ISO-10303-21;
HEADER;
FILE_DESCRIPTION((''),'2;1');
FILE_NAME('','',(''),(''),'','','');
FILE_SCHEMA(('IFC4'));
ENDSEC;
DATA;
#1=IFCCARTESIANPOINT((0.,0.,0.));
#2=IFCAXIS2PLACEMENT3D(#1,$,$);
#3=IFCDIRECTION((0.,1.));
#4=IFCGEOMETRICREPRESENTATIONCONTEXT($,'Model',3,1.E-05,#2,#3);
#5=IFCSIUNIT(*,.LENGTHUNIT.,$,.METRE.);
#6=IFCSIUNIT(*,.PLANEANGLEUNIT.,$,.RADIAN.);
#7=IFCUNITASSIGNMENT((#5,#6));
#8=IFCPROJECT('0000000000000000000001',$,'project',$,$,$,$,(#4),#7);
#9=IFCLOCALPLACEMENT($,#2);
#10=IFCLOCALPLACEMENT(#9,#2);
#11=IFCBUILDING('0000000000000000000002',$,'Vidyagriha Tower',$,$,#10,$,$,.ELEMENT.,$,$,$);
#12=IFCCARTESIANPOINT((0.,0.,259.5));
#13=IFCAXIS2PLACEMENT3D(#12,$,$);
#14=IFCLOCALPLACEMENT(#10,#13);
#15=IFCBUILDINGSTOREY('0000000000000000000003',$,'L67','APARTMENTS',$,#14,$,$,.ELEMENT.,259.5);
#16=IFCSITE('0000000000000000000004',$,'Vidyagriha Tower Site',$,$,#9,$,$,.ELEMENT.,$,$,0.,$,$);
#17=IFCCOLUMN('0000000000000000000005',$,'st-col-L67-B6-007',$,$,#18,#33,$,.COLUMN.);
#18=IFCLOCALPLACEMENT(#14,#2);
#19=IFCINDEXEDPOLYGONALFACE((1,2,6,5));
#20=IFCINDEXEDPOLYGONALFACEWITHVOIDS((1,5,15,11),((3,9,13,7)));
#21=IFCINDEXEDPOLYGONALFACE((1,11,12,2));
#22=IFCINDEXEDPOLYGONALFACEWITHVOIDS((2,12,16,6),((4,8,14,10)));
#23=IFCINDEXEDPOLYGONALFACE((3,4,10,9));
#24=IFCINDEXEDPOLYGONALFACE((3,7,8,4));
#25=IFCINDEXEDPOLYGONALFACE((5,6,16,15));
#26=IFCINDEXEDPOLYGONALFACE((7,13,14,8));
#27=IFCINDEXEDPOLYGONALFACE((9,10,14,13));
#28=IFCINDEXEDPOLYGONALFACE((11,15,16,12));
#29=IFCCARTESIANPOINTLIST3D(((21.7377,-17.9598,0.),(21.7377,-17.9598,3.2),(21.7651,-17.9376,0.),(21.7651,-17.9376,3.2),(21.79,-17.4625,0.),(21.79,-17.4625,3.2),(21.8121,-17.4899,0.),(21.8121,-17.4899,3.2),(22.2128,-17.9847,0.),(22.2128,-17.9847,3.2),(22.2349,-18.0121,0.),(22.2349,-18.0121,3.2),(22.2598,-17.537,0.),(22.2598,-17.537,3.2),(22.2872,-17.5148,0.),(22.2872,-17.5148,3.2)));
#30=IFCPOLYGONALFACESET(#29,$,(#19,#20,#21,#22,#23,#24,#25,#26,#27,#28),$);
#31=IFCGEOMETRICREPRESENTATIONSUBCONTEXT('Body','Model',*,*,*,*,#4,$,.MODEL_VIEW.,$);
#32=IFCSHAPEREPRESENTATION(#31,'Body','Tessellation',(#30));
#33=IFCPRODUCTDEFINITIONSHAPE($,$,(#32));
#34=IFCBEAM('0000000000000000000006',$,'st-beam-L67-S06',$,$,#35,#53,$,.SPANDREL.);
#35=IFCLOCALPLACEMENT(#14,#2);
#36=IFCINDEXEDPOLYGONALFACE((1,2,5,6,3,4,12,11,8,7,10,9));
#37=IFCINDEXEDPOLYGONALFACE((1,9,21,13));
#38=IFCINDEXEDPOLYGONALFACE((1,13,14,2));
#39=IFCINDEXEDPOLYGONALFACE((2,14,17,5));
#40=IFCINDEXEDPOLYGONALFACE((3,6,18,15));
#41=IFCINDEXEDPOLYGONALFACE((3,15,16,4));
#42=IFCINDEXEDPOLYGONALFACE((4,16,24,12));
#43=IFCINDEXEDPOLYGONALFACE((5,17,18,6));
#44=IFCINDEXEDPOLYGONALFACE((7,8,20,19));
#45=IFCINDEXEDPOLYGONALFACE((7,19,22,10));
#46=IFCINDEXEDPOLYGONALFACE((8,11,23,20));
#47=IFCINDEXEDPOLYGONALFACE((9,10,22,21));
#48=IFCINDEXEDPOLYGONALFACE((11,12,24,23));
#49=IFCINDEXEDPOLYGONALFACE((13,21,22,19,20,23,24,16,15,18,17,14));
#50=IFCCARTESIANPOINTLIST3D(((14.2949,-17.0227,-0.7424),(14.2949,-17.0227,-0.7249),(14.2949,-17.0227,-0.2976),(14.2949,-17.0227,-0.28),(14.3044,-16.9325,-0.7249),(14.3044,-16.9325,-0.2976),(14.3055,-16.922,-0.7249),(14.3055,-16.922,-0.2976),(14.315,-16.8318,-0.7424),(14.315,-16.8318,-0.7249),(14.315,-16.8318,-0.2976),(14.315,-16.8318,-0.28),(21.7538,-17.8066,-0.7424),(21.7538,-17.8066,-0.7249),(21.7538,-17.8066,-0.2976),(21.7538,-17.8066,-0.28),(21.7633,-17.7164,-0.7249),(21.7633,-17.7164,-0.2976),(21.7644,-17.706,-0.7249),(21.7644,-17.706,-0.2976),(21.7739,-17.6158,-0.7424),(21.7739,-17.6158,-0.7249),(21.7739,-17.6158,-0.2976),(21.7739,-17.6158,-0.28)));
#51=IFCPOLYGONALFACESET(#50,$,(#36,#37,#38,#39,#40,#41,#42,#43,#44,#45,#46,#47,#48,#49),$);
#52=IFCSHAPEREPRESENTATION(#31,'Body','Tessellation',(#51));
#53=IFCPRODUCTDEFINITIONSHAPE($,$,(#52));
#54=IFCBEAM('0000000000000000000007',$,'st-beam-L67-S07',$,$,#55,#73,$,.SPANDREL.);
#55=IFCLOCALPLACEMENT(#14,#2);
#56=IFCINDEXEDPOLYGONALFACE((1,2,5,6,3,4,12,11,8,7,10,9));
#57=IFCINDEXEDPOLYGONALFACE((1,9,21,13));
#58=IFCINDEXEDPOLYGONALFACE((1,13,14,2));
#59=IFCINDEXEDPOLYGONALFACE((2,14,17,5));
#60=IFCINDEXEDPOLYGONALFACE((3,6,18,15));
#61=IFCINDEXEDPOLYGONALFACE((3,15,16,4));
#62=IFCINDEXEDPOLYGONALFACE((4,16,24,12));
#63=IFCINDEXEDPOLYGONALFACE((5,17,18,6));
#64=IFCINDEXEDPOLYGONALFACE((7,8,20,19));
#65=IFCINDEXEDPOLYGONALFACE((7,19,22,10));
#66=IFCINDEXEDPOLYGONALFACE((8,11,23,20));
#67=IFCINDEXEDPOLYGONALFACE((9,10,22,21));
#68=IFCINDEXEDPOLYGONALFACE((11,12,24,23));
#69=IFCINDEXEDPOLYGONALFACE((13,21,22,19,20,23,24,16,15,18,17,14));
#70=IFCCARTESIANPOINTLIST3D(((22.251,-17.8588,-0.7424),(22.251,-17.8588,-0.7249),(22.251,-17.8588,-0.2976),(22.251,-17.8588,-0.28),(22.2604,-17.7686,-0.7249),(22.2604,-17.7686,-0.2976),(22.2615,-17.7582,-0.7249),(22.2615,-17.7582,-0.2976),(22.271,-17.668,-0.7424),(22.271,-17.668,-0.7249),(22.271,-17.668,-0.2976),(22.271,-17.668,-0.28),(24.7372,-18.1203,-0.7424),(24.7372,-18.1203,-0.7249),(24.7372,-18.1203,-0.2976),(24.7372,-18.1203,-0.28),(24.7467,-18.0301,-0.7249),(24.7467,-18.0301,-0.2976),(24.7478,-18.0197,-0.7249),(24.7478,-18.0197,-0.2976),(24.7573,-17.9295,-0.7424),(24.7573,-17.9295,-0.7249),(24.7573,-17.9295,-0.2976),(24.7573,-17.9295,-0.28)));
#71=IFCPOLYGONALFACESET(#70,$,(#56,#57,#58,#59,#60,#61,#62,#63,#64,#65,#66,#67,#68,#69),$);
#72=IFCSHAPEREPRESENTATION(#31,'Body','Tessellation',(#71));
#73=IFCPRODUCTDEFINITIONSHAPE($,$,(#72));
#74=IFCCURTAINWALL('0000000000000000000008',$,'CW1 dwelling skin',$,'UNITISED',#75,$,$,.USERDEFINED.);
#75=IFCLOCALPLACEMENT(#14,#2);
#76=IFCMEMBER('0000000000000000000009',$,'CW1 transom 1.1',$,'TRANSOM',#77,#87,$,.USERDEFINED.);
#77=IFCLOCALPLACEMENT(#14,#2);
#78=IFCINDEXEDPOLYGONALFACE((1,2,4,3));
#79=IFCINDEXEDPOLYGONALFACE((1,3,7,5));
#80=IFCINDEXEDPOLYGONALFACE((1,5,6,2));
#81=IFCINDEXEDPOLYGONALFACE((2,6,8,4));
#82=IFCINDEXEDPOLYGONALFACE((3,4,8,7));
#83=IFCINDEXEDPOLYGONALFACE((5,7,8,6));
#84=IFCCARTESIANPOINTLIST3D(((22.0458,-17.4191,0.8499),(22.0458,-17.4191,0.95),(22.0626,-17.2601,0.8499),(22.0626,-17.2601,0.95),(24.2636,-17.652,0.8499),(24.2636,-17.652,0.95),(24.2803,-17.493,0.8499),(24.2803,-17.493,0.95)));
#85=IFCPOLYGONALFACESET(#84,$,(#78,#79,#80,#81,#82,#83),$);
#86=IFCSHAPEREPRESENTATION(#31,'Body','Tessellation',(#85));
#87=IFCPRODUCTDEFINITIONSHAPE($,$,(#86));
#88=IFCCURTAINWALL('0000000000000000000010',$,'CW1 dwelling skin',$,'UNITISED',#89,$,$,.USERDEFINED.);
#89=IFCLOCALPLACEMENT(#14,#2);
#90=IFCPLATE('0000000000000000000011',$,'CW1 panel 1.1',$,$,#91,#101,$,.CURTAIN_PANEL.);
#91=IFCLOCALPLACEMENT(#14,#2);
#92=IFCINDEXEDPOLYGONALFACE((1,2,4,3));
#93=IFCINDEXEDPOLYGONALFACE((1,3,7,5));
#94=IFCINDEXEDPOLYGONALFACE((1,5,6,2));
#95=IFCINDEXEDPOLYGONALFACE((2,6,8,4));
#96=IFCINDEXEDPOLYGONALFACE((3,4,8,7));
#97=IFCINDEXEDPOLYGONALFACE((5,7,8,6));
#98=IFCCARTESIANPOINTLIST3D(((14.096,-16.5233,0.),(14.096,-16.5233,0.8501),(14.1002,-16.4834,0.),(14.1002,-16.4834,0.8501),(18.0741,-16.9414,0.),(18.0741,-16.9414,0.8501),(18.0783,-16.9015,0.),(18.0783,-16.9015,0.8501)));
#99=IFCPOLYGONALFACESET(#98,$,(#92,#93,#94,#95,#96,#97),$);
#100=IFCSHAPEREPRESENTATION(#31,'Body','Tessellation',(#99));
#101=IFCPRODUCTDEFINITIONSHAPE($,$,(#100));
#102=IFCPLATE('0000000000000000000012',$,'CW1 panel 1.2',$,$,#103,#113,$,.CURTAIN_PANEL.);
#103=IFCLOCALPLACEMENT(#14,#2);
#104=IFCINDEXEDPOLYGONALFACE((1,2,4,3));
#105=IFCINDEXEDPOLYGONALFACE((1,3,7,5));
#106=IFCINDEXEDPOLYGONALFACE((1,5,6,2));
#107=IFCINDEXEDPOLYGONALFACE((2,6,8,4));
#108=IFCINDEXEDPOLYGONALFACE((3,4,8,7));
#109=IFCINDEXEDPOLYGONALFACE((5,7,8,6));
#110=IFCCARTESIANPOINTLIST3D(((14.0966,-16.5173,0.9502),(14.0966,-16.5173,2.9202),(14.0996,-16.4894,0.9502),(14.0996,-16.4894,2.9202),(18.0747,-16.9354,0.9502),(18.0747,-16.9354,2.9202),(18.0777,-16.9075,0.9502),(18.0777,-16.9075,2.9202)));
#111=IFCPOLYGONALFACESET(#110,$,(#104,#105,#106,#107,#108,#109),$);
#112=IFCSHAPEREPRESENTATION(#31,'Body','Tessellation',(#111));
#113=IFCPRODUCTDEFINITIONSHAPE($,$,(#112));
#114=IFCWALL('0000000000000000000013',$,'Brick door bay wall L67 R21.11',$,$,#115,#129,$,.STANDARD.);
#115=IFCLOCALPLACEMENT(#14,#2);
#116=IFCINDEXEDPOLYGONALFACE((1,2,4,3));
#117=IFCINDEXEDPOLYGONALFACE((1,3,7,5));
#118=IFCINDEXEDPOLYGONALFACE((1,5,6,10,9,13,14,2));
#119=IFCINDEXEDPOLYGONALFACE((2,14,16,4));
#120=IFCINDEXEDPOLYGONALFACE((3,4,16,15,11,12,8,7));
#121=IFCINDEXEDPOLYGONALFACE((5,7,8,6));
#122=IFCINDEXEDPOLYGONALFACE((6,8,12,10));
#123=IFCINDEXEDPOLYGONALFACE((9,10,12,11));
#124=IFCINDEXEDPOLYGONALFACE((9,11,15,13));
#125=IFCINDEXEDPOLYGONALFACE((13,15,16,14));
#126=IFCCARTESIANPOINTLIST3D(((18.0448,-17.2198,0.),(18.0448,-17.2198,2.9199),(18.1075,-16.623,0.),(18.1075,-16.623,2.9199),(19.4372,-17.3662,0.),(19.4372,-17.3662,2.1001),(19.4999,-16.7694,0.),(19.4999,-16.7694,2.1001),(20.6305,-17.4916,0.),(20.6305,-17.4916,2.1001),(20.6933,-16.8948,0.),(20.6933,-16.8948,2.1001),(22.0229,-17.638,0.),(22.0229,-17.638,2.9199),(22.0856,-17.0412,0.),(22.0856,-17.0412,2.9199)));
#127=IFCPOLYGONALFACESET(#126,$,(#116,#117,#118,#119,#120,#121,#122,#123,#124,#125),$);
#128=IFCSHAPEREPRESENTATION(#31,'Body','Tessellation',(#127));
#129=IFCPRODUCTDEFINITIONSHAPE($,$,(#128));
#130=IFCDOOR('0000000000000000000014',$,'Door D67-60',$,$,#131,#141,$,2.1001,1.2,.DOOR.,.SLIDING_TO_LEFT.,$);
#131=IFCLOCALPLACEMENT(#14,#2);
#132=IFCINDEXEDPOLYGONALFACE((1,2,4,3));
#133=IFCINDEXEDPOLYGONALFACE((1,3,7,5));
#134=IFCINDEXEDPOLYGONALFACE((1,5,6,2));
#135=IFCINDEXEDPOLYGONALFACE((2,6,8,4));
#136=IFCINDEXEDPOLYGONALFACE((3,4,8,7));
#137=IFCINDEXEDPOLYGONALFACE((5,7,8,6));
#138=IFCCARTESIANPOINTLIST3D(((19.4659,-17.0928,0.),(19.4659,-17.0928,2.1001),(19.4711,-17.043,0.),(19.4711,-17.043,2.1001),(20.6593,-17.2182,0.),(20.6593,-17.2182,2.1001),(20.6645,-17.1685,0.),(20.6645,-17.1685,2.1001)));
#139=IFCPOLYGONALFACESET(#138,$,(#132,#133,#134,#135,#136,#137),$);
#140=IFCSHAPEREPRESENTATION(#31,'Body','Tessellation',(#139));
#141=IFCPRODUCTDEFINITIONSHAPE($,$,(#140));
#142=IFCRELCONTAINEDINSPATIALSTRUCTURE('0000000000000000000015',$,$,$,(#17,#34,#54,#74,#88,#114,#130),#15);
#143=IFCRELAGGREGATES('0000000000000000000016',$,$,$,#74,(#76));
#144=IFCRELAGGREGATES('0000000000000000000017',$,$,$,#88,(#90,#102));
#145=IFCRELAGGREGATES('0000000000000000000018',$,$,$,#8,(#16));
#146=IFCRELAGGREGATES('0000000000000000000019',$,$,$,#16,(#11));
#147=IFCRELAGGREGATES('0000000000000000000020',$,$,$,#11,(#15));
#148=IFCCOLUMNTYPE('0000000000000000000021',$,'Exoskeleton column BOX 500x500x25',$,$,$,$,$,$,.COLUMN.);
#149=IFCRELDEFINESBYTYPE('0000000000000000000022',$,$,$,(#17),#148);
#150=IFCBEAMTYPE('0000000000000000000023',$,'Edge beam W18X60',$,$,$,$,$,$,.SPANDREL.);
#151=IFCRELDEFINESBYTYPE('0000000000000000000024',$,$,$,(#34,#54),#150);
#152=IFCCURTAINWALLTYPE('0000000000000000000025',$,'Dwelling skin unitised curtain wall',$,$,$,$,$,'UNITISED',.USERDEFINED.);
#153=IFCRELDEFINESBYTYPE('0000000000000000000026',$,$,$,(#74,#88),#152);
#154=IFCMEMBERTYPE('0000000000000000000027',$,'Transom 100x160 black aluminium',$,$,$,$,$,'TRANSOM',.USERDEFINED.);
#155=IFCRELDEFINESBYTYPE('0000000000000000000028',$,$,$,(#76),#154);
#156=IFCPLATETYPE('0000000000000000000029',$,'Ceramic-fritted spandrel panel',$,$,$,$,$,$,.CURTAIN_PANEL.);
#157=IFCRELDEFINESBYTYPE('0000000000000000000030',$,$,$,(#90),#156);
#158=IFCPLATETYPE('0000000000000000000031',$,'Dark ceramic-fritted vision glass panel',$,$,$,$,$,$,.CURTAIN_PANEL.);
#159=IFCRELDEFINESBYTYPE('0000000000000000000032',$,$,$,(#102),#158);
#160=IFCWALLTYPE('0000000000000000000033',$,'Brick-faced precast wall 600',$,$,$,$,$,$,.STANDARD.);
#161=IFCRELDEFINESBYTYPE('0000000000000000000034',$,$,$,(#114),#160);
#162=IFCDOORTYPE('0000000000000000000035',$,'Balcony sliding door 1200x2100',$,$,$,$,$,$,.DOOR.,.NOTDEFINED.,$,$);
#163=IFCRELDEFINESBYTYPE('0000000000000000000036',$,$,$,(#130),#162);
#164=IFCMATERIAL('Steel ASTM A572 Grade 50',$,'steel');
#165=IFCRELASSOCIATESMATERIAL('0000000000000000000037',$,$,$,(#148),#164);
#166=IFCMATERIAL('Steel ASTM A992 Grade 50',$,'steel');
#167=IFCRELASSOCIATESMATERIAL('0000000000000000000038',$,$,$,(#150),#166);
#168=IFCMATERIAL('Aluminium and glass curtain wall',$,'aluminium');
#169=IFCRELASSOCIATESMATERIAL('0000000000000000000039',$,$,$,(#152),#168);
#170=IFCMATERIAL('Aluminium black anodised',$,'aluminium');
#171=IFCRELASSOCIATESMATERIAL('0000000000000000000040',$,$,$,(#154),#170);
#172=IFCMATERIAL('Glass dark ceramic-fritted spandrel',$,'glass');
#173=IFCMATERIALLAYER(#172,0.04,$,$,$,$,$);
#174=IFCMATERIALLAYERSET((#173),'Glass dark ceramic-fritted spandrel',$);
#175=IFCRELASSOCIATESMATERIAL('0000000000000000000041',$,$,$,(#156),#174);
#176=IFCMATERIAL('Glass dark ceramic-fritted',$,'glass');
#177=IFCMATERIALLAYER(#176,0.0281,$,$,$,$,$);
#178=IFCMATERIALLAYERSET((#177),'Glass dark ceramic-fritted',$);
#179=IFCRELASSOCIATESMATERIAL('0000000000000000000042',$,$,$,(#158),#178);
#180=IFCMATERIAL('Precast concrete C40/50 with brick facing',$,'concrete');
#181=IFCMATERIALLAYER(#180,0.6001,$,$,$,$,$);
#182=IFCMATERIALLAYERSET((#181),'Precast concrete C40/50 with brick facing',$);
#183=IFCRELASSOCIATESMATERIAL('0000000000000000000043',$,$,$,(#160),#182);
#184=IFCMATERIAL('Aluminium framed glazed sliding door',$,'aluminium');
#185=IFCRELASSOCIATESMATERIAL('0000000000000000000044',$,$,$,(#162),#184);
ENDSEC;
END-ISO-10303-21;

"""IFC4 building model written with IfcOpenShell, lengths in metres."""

from ifc_helpers import new_model, si_unit, direction, frame, frame_2d, origin, origin_2d, place, context, subcontext, project, spatial, rectangle, hollow_rectangle, i_section, extrude, material, layer, layer_set, material_profile, profile_set, type_object, element, fill, aggregate, save


model = new_model("IFC4")

# Units and contexts
model_context = context("Model", 3, precision=1e-05, world=origin(), true_north=direction((0.0, 1.0)))
body_context = subcontext(model_context, "Body", "Model", "MODEL_VIEW")
ifc_project = project(units=[si_unit("LENGTHUNIT", "METRE"), si_unit("PLANEANGLEUNIT", "RADIAN")], contexts=[model_context])

# Site, building, storey
site_placement = place(None, origin())
site = spatial("IfcSite", under=ifc_project, at=site_placement, Name="Vidyagriha Tower Site", CompositionType="ELEMENT", RefElevation=0.0)
building_placement = place(site_placement, origin())
building = spatial("IfcBuilding", under=site, at=building_placement, Name="Vidyagriha Tower", CompositionType="ELEMENT")
storey_placement = place(building_placement, frame((0.0, 0.0, 259.5)))
storey = spatial("IfcBuildingStorey", under=building, at=storey_placement, Name="L67", Description="APARTMENTS", CompositionType="ELEMENT", Elevation=259.5)

# Column
ifc_material_1 = material(Name="Steel ASTM A572 Grade 50", Category="steel")
ifc_material_profile_1 = material_profile(ifc_material_1, hollow_rectangle(XDim=0.5, YDim=0.5, WallThickness=0.0249, at=origin_2d()), Name="BOX 500x500x25")
ifc_profile_set_1 = profile_set([ifc_material_profile_1], Name="Steel ASTM A572 Grade 50")
column_type = type_object("IfcColumnType", Name="Exoskeleton column BOX 500x500x25", PredefinedType="COLUMN", material=ifc_profile_set_1)
column_placement = place(storey_placement, frame((22.0125, -17.7373, 0.0), z_axis=(0.0, 0.0, 1.0), x_axis=(0.994522, -0.104528, 0.0)))
element("IfcColumn", 1, at=column_placement, inside=storey, type_object=column_type, Name="st-col-L67-B6-007", PredefinedType="COLUMN", context=body_context, shape_type="SweptSolid", body=[
    extrude(hollow_rectangle(XDim=0.5, YDim=0.5, WallThickness=0.0249, at=origin_2d()), origin(), (0.0, 0.0, 1.0), 3.2),
])

# Beams
ifc_material_2 = material(Name="Steel ASTM A992 Grade 50", Category="steel")
ifc_material_profile_2 = material_profile(ifc_material_2, i_section(OverallWidth=0.1919, OverallDepth=0.4624, WebThickness=0.0105, FlangeThickness=0.0176, at=origin_2d()), Name="W18X60")
ifc_profile_set_2 = profile_set([ifc_material_profile_2], Name="Steel ASTM A992 Grade 50")
beam_type = type_object("IfcBeamType", Name="Edge beam W18X60", PredefinedType="SPANDREL", material=ifc_profile_set_2)
beam_1_placement = place(storey_placement, frame((14.3049, -16.9272, -0.5112), z_axis=(0.994522, -0.104524, 0.0), x_axis=(0.104524, 0.994522, 0.0)))
element("IfcBeam", 2, at=beam_1_placement, inside=storey, type_object=beam_type, Name="st-beam-L67-S06", PredefinedType="SPANDREL", context=body_context, shape_type="SweptSolid", body=[
    extrude(i_section(OverallWidth=0.1919, OverallDepth=0.4624, WebThickness=0.0105, FlangeThickness=0.0176, at=origin_2d()), origin(), (0.0, 0.0, 1.0), 7.5),
])
beam_2_placement = place(storey_placement, frame((22.261, -17.7634, -0.5112), z_axis=(0.994516, -0.104588, 0.0), x_axis=(0.104588, 0.994516, 0.0)))
element("IfcBeam", 3, at=beam_2_placement, inside=storey, type_object=beam_type, Name="st-beam-L67-S07", PredefinedType="SPANDREL", context=body_context, shape_type="SweptSolid", body=[
    extrude(i_section(OverallWidth=0.1919, OverallDepth=0.4624, WebThickness=0.0105, FlangeThickness=0.0176, at=origin_2d()), origin(), (0.0, 0.0, 1.0), 2.5),
])

# Curtain wall, member
ifc_material_3 = material(Name="Aluminium and glass curtain wall", Category="aluminium")
curtain_wall_type = type_object("IfcCurtainWallType", Name="Dwelling skin unitised curtain wall", ElementType="UNITISED", PredefinedType="USERDEFINED", material=ifc_material_3)
curtain_wall_1_placement = place(storey_placement, origin())
curtain_wall_1 = element("IfcCurtainWall", 4, at=curtain_wall_1_placement, inside=storey, type_object=curtain_wall_type, Name="CW1 dwelling skin", ObjectType="UNITISED", PredefinedType="USERDEFINED")
ifc_material_4 = material(Name="Aluminium black anodised", Category="aluminium")
ifc_material_profile_3 = material_profile(ifc_material_4, rectangle(XDim=0.1599, YDim=0.1001, at=origin_2d()), Name="Transom 100x160 black aluminium")
ifc_profile_set_3 = profile_set([ifc_material_profile_3], Name="Aluminium black anodised")
member_type = type_object("IfcMemberType", Name="Transom 100x160 black aluminium", ElementType="TRANSOM", PredefinedType="USERDEFINED", material=ifc_profile_set_3)
member_placement = place(storey_placement, frame((22.0542, -17.3396, 0.8999), z_axis=(0.994531, -0.104445, 0.0), x_axis=(0.104445, 0.994531, 0.0)))
member = element("IfcMember", 5, at=member_placement, type_object=member_type, Name="CW1 transom 1.1", ObjectType="TRANSOM", PredefinedType="USERDEFINED", context=body_context, shape_type="SweptSolid", body=[
    extrude(rectangle(XDim=0.1599, YDim=0.1001, at=origin_2d()), origin(), (0.0, 0.0, 1.0), 2.23),
])
aggregate(curtain_wall_1, [member])

# Curtain wall, plates
curtain_wall_2_placement = place(storey_placement, origin())
curtain_wall_2 = element("IfcCurtainWall", 6, at=curtain_wall_2_placement, inside=storey, type_object=curtain_wall_type, Name="CW1 dwelling skin", ObjectType="UNITISED", PredefinedType="USERDEFINED")
ifc_material_5 = material(Name="Glass dark ceramic-fritted spandrel", Category="glass")
ifc_layer_1 = layer(ifc_material_5, 0.04)
ifc_layer_set_1 = layer_set([ifc_layer_1], Name="Glass dark ceramic-fritted spandrel")
plate_type_1 = type_object("IfcPlateType", Name="Ceramic-fritted spandrel panel", PredefinedType="CURTAIN_PANEL", material=ifc_layer_set_1)
plate_1_placement = place(storey_placement, frame((16.0872, -16.7124, 0.0), z_axis=(0.0, 0.0, 1.0), x_axis=(0.994522, -0.104525, 0.0)))
plate_1 = element("IfcPlate", 7, at=plate_1_placement, type_object=plate_type_1, Name="CW1 panel 1.1", PredefinedType="CURTAIN_PANEL", context=body_context, shape_type="SweptSolid", body=[
    extrude(rectangle(XDim=4.0, YDim=0.04, at=origin_2d()), origin(), (0.0, 0.0, 1.0), 0.8501),
])
ifc_material_6 = material(Name="Glass dark ceramic-fritted", Category="glass")
ifc_layer_2 = layer(ifc_material_6, 0.0281)
ifc_layer_set_2 = layer_set([ifc_layer_2], Name="Glass dark ceramic-fritted")
plate_type_2 = type_object("IfcPlateType", Name="Dark ceramic-fritted vision glass panel", PredefinedType="CURTAIN_PANEL", material=ifc_layer_set_2)
plate_2_placement = place(storey_placement, frame((16.0872, -16.7124, 0.9502), z_axis=(0.0, 0.0, 1.0), x_axis=(0.994522, -0.104525, 0.0)))
plate_2 = element("IfcPlate", 8, at=plate_2_placement, type_object=plate_type_2, Name="CW1 panel 1.2", PredefinedType="CURTAIN_PANEL", context=body_context, shape_type="SweptSolid", body=[
    extrude(rectangle(XDim=4.0, YDim=0.0281, at=origin_2d()), origin(), (0.0, 0.0, 1.0), 1.97),
])
aggregate(curtain_wall_2, [plate_1, plate_2])

# Wall, opening, door
ifc_material_7 = material(Name="Precast concrete C40/50 with brick facing", Category="concrete")
ifc_layer_3 = layer(ifc_material_7, 0.6001)
ifc_layer_set_3 = layer_set([ifc_layer_3], Name="Precast concrete C40/50 with brick facing")
wall_type = type_object("IfcWallType", Name="Brick-faced precast wall 600", PredefinedType="STANDARD", material=ifc_layer_set_3)
wall_placement = place(storey_placement, frame((18.0762, -16.9214, 0.0), z_axis=(0.0, 0.0, 1.0), x_axis=(0.994519, -0.104555, 0.0)))
wall = element("IfcWall", 9, at=wall_placement, inside=storey, type_object=wall_type, Name="Brick door bay wall L67 R21.11", PredefinedType="STANDARD", context=body_context, shape_type="SweptSolid", body=[
    extrude(rectangle(XDim=4.0, YDim=0.6001, at=frame_2d((2.0, 0.0))), origin(), (0.0, 0.0, 1.0), 2.9199),
])
opening_placement = place(wall_placement, frame((1.3999, 0.0, 0.0)))
opening = element("IfcOpeningElement", 10, at=opening_placement, cuts=wall, PredefinedType="OPENING", context=body_context, shape_type="SweptSolid", body=[
    extrude(rectangle(XDim=1.2, YDim=2.1001, at=frame_2d((0.6001, 1.05))), frame((0.0, 0.3101, 0.0), z_axis=(0.0, -1.0, 0.0), x_axis=(1.0, 0.0, 0.0)), (0.0, 0.0, 1.0), 0.6201),
])
ifc_material_8 = material(Name="Aluminium framed glazed sliding door", Category="aluminium")
door_type = type_object("IfcDoorType", Name="Balcony sliding door 1200x2100", OperationType="NOTDEFINED", PredefinedType="DOOR", material=ifc_material_8)
door_placement = place(opening_placement, origin())
door = element("IfcDoor", 11, at=door_placement, inside=storey, type_object=door_type, Name="Door D67-60", OperationType="SLIDING_TO_LEFT", OverallHeight=2.1001, OverallWidth=1.2, PredefinedType="DOOR", context=body_context, shape_type="SweptSolid", body=[
    extrude(rectangle(XDim=1.2, YDim=2.1001, at=frame_2d((0.6001, 1.05))), frame((0.0, 0.0249, 0.0), z_axis=(0.0, -1.0, 0.0), x_axis=(1.0, 0.0, 0.0)), (0.0, 0.0, 1.0), 0.05),
])
fill(opening, door)

save(model, "model.ifc")
